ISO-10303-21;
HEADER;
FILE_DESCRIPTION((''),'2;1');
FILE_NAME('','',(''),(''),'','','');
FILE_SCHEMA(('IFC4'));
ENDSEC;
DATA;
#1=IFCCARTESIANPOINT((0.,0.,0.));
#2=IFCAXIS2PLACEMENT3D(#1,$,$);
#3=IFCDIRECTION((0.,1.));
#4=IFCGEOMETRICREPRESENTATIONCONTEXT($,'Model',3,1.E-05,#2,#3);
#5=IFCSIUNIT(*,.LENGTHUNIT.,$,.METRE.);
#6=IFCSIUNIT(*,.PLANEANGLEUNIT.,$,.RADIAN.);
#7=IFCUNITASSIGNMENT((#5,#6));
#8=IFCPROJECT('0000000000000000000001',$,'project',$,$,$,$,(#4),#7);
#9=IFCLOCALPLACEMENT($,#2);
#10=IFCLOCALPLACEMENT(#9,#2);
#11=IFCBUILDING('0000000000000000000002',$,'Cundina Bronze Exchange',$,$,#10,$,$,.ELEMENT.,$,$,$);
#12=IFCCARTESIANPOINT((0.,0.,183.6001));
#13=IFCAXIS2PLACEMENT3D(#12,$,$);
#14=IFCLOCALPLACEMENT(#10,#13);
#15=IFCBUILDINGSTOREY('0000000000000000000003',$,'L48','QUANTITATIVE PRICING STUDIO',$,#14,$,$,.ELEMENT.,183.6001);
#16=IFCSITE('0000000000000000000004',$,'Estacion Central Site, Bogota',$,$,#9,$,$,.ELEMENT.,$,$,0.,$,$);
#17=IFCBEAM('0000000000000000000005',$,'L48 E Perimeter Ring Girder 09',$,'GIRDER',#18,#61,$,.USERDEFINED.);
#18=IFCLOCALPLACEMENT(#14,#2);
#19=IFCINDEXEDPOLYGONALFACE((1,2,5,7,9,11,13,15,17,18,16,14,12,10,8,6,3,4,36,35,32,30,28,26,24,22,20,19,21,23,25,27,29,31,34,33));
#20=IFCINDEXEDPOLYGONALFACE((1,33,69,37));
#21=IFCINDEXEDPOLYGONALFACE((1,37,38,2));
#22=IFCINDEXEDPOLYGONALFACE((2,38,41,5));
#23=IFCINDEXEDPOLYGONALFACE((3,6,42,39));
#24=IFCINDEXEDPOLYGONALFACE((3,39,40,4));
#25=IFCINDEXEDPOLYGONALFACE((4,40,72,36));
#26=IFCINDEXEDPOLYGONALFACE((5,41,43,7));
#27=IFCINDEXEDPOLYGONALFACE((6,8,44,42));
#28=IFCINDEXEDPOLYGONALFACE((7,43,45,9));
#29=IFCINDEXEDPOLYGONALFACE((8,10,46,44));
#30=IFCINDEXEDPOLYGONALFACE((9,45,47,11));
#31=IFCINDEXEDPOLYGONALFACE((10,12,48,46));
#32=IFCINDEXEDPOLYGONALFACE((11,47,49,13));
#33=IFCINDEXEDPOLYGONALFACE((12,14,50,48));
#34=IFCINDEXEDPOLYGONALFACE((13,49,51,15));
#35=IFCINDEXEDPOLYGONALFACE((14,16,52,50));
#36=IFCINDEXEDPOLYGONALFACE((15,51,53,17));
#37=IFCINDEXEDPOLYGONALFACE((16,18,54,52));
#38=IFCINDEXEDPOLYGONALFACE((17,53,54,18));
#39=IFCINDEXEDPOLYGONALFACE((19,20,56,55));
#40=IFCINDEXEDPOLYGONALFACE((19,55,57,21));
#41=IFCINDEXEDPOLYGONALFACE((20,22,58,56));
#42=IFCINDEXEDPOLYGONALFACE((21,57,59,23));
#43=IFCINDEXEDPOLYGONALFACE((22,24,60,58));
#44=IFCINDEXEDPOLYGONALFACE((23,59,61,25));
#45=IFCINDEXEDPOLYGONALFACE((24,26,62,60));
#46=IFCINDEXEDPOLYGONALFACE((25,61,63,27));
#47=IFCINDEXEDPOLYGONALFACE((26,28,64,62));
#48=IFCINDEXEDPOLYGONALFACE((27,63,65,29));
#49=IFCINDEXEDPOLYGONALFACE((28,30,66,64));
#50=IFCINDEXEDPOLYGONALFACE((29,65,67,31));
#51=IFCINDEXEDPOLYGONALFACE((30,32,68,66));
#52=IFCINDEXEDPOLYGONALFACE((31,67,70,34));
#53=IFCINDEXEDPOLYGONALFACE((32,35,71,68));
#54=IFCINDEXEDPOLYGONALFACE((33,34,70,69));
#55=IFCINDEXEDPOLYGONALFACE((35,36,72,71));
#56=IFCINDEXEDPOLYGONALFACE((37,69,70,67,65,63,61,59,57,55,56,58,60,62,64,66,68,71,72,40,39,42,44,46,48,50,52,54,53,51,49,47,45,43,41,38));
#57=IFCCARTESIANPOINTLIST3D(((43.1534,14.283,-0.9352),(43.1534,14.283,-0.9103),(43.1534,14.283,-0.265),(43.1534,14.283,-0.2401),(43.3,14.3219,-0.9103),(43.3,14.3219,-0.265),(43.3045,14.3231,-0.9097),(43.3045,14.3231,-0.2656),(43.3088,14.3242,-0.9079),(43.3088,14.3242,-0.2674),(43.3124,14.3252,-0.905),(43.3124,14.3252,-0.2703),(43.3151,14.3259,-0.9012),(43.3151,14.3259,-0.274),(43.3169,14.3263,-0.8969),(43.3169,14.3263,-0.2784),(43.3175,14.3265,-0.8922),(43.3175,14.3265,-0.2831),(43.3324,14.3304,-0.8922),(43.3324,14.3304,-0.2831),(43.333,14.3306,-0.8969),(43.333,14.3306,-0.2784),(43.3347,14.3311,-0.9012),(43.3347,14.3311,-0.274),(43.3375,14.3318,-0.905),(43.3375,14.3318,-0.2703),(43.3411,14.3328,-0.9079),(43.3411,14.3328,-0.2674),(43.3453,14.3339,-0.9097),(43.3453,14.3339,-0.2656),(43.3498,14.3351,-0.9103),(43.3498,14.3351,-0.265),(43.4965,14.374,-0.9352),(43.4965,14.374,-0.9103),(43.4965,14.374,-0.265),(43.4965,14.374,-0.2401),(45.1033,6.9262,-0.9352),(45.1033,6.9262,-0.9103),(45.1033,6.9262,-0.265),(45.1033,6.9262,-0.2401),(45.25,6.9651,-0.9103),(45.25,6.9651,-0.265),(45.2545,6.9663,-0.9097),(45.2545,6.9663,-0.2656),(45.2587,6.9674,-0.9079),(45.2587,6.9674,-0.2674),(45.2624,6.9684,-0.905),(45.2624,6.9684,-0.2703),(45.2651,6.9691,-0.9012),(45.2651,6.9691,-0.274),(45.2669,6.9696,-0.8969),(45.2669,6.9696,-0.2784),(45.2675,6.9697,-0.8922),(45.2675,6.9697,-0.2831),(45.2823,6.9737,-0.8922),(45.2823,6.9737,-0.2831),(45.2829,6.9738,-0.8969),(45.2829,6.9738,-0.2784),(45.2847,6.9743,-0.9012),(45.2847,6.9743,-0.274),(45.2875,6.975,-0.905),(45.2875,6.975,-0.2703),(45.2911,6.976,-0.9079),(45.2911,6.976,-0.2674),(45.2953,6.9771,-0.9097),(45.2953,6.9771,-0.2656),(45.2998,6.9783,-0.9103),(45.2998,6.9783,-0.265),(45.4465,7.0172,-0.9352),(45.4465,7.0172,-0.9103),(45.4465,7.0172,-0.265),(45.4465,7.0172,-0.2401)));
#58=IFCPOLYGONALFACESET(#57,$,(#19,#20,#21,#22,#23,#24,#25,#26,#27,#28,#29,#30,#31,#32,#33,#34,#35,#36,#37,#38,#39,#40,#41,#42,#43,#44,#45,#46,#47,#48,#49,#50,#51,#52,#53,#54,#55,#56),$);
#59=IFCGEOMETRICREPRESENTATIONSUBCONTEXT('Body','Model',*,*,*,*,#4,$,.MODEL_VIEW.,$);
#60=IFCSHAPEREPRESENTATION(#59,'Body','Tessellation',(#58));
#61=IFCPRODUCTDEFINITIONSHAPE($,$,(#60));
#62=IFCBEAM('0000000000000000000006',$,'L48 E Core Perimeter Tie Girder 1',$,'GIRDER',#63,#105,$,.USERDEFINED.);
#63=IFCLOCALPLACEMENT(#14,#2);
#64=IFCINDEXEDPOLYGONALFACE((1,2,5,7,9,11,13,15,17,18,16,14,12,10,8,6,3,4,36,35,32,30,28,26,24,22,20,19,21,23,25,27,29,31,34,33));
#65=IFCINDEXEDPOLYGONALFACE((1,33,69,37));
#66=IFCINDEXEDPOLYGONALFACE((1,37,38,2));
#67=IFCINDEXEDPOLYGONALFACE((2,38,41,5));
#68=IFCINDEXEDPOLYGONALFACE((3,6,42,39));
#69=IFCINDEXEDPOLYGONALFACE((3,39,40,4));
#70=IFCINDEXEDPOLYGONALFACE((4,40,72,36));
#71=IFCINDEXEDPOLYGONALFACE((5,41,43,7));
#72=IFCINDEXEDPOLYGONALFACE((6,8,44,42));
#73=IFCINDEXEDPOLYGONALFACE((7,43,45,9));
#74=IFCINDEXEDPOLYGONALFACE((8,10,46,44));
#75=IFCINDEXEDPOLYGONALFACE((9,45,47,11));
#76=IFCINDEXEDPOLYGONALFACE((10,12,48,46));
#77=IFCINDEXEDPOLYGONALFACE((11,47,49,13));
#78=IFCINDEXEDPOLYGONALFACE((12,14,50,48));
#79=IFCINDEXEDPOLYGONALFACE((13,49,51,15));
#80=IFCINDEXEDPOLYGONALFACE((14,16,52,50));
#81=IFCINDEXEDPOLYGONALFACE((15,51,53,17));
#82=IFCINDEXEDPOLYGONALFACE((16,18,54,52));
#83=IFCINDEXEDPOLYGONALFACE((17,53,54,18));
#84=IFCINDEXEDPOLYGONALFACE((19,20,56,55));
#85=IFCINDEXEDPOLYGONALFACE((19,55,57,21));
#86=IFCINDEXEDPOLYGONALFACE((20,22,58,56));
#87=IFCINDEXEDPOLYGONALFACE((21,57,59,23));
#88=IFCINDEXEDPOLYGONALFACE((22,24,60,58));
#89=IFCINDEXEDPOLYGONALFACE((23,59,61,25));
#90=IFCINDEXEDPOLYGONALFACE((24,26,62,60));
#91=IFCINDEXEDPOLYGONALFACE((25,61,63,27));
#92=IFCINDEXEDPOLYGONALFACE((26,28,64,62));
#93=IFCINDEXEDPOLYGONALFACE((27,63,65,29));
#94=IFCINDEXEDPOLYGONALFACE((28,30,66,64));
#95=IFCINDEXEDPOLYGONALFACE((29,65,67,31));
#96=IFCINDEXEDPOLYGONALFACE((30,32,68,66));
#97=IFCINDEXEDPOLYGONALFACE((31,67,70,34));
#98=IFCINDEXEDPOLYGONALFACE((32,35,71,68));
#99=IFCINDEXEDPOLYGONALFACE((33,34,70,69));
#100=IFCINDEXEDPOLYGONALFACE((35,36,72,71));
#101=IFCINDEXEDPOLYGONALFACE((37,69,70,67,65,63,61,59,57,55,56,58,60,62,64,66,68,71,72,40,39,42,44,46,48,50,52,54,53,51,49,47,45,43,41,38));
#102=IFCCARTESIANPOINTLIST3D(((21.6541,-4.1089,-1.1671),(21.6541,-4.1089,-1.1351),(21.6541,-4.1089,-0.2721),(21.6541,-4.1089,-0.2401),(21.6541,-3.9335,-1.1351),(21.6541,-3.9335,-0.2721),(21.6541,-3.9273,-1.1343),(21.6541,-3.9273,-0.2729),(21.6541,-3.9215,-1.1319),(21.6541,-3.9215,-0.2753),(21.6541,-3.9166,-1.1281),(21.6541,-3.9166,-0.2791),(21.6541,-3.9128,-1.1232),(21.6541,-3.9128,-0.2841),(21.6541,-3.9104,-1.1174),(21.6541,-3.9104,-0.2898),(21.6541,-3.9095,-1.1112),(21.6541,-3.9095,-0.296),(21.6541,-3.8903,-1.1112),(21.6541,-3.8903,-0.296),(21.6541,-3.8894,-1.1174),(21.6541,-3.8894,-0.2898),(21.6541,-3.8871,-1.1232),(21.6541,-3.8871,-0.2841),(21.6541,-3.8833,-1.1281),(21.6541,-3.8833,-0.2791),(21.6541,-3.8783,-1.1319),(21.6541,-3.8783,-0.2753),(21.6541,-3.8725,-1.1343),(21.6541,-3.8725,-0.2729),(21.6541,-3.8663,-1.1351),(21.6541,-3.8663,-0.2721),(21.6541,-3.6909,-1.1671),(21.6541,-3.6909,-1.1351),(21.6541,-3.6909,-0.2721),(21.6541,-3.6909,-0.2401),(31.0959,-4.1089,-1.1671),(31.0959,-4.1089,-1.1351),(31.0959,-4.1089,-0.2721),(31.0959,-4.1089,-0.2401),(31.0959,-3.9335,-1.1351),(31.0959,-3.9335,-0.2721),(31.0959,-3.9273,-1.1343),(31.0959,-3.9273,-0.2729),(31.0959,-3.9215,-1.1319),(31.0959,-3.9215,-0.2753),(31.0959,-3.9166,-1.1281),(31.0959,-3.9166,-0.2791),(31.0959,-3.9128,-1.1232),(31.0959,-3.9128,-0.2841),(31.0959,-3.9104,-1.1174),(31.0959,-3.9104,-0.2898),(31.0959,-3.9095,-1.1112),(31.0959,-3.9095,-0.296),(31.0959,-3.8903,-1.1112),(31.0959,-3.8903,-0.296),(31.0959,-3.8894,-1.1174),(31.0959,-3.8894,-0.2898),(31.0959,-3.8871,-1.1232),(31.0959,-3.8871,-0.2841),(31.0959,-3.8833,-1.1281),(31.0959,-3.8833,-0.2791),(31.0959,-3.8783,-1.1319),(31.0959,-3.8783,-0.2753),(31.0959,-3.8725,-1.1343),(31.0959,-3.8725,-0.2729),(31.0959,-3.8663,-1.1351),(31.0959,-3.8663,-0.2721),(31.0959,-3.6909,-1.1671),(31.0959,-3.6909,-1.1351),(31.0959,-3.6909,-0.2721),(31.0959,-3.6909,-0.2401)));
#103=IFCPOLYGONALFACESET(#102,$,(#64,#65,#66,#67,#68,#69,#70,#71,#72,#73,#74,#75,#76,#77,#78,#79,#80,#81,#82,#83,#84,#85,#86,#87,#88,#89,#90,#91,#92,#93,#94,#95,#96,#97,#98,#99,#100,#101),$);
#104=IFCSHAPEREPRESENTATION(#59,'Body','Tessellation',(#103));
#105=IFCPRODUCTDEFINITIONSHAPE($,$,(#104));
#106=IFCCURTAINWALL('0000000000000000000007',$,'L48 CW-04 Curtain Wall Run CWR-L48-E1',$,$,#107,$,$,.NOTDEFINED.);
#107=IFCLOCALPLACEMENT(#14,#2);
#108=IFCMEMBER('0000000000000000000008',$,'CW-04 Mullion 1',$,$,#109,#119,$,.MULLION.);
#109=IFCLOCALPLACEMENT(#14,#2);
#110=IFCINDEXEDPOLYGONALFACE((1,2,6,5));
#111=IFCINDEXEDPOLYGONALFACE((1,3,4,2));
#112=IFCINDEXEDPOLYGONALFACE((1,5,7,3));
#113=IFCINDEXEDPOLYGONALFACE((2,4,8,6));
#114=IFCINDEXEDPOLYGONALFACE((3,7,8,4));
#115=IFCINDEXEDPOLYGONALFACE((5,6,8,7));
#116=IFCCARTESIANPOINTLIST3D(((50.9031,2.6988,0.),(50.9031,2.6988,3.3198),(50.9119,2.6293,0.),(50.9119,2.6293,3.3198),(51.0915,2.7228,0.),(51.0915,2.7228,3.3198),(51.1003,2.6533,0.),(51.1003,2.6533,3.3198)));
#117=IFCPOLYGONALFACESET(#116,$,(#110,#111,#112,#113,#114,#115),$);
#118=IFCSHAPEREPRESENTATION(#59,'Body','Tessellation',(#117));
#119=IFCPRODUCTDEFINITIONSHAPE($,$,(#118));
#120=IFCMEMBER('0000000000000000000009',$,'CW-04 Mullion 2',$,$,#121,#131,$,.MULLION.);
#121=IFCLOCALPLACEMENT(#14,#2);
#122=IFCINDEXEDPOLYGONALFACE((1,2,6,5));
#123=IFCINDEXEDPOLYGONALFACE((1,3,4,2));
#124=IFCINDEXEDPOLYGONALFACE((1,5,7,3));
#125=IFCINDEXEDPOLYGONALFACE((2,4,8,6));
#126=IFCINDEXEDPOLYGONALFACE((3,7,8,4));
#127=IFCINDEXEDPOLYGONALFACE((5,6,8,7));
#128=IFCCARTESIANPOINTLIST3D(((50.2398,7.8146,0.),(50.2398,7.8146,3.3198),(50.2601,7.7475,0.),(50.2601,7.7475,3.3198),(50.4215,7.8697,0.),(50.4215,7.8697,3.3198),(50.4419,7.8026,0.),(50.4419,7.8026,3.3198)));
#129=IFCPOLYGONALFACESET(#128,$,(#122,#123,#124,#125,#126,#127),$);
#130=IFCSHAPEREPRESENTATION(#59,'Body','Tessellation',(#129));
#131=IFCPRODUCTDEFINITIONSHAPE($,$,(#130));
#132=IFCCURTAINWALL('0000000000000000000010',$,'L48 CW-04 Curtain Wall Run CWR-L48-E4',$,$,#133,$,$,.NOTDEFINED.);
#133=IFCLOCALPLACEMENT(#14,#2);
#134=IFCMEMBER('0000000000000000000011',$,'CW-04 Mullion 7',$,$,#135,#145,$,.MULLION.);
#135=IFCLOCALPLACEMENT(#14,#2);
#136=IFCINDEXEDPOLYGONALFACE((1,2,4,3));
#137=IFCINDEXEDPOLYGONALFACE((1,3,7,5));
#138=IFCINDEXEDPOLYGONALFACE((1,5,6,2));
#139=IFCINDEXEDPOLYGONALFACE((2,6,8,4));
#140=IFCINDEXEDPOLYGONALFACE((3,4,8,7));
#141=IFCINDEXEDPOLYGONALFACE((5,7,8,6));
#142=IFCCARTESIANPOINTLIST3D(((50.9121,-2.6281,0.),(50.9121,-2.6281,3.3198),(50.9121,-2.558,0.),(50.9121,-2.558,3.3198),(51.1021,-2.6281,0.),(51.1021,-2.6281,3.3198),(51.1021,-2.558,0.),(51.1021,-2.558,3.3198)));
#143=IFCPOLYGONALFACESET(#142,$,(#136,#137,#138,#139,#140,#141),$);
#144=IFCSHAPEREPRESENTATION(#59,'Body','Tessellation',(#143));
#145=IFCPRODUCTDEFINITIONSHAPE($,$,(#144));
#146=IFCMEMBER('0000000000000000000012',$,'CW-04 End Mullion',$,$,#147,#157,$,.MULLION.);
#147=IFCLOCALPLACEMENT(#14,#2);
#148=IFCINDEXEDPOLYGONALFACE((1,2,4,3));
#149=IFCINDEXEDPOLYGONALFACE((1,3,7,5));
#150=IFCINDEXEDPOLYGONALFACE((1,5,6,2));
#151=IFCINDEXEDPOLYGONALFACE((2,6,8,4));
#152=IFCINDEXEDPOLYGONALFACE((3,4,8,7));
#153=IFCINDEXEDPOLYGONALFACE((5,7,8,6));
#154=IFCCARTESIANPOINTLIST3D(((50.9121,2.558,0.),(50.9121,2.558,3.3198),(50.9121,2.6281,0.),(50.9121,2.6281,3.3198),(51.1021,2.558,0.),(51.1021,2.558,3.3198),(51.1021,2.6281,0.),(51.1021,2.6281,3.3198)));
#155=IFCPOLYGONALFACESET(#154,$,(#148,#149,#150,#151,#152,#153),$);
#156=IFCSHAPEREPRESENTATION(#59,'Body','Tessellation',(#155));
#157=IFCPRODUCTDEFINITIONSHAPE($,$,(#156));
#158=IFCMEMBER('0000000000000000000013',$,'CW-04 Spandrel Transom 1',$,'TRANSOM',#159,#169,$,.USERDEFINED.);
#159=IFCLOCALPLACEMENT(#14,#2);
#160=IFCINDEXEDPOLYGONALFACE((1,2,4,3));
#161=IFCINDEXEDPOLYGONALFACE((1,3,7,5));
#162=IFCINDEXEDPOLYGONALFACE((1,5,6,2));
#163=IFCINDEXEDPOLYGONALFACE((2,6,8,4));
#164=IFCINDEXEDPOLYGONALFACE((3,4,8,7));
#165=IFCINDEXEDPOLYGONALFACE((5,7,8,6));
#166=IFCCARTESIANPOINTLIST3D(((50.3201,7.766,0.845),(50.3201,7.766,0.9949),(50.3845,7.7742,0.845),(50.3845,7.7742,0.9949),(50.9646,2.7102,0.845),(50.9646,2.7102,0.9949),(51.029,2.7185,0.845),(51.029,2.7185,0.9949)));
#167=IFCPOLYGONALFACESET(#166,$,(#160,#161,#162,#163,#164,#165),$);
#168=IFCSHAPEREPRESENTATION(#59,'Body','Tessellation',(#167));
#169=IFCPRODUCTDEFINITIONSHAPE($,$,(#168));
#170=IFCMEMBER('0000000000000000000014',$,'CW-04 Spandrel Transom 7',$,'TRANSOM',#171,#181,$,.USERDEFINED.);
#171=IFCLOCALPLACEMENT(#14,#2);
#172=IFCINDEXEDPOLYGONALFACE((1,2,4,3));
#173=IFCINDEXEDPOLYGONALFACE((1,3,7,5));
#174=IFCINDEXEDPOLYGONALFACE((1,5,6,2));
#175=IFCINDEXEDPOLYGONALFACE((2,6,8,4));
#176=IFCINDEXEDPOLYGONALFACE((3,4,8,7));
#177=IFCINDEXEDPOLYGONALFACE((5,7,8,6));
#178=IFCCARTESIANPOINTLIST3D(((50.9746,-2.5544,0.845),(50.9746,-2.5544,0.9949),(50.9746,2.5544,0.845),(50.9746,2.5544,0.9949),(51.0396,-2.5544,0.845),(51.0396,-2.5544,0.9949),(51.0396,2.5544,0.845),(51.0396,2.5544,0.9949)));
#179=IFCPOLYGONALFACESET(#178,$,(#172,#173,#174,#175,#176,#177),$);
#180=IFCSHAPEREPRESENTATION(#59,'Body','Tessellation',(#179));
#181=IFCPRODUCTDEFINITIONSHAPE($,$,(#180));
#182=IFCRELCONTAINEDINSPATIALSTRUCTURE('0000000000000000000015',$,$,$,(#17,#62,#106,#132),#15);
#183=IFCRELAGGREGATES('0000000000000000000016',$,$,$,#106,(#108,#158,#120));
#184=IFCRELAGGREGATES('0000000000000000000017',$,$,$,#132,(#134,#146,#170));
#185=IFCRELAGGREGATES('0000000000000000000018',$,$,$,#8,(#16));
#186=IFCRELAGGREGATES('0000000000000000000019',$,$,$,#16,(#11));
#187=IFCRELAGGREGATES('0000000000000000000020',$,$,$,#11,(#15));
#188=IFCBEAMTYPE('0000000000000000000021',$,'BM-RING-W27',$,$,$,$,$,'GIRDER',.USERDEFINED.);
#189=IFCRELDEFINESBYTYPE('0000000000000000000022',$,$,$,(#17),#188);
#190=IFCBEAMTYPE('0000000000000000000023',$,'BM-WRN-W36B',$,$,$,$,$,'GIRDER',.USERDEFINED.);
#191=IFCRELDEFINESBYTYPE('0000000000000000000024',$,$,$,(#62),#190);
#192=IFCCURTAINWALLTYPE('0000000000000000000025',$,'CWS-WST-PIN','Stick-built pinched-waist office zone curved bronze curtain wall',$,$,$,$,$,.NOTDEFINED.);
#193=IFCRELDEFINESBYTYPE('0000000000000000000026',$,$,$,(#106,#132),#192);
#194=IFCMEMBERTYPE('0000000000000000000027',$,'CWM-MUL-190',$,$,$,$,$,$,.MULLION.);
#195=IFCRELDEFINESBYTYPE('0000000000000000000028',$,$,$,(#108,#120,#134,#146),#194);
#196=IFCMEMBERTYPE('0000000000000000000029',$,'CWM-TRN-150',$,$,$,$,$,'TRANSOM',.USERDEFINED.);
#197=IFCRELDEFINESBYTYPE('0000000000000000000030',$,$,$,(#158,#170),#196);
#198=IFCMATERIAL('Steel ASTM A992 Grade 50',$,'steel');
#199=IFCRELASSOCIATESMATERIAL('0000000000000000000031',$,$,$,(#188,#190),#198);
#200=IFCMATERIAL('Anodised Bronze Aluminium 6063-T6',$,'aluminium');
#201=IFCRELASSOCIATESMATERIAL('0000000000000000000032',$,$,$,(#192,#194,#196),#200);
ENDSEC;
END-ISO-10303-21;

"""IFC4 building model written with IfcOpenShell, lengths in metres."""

from ifc_helpers import new_model, si_unit, direction, frame, origin, origin_2d, place, context, subcontext, project, spatial, rectangle, i_section, extrude, material, material_profile, profile_set, type_object, element, aggregate, save


model = new_model("IFC4")

# Units and contexts
model_context = context("Model", 3, precision=1e-05, world=origin(), true_north=direction((0.0, 1.0)))
body_context = subcontext(model_context, "Body", "Model", "MODEL_VIEW")
ifc_project = project(units=[si_unit("LENGTHUNIT", "METRE"), si_unit("PLANEANGLEUNIT", "RADIAN")], contexts=[model_context])

# Site, building, storey
site_placement = place(None, origin())
site = spatial("IfcSite", under=ifc_project, at=site_placement, Name="Estacion Central Site, Bogota", CompositionType="ELEMENT", RefElevation=0.0)
building_placement = place(site_placement, origin())
building = spatial("IfcBuilding", under=site, at=building_placement, Name="Cundina Bronze Exchange", CompositionType="ELEMENT")
storey_placement = place(building_placement, frame((0.0, 0.0, 183.6001)))
storey = spatial("IfcBuildingStorey", under=building, at=storey_placement, Name="L48", Description="QUANTITATIVE PRICING STUDIO", CompositionType="ELEMENT", Elevation=183.6001)

# Shared definitions
ifc_material_1 = material(Name="Steel ASTM A992 Grade 50", Category="steel")

# Beams
ifc_material_profile_1 = material_profile(ifc_material_1, i_section(OverallWidth=0.355, OverallDepth=0.6951, WebThickness=0.0154, FlangeThickness=0.0249, FilletRadius=0.0181, at=origin_2d()), Name="W27X146", Category="steel")
ifc_profile_set_1 = profile_set([ifc_material_profile_1], Name="Steel ASTM A992 Grade 50")
beam_type_1 = type_object("IfcBeamType", Name="BM-RING-W27", ElementType="GIRDER", PredefinedType="USERDEFINED", material=ifc_profile_set_1)
for number, where, z_axis, x_axis, name in (
    (1, (45.2749, 6.9717, -0.5876), (-0.256211, 0.966621, 0.0), (-0.966621, -0.256211, 0.0), "L48 E Perimeter Ring Girder 09"),
):
    element("IfcBeam", number, at=place(storey_placement, frame(where, z_axis=z_axis, x_axis=x_axis)), inside=storey, type_object=beam_type_1, Name=name, ObjectType="GIRDER", PredefinedType="USERDEFINED", context=body_context, shape_type="SweptSolid", body=[
        extrude(i_section(OverallWidth=0.355, OverallDepth=0.6951, WebThickness=0.0154, FlangeThickness=0.0249, FilletRadius=0.0181, at=origin_2d()), origin(), (0.0, 0.0, 1.0), 7.6108),
    ])
ifc_material_profile_2 = material_profile(ifc_material_1, i_section(OverallWidth=0.418, OverallDepth=0.927, WebThickness=0.0193, FlangeThickness=0.032, FilletRadius=0.0239, at=origin_2d()), Name="W36X231", Category="steel")
ifc_profile_set_2 = profile_set([ifc_material_profile_2], Name="Steel ASTM A992 Grade 50")
beam_type_2 = type_object("IfcBeamType", Name="BM-WRN-W36B", ElementType="GIRDER", PredefinedType="USERDEFINED", material=ifc_profile_set_2)
beam_1_placement = place(storey_placement, frame((31.0959, -3.8999, -0.7036), z_axis=(-1.0, 0.0, 0.0), x_axis=(0.0, -1.0, 0.0)))
element("IfcBeam", 2, at=beam_1_placement, inside=storey, type_object=beam_type_2, Name="L48 E Core Perimeter Tie Girder 1", ObjectType="GIRDER", PredefinedType="USERDEFINED", context=body_context, shape_type="SweptSolid", body=[
    extrude(i_section(OverallWidth=0.418, OverallDepth=0.927, WebThickness=0.0193, FlangeThickness=0.032, FilletRadius=0.0239, at=origin_2d()), origin(), (0.0, 0.0, 1.0), 9.4419),
])

# Curtain walls, members
ifc_material_2 = material(Name="Anodised Bronze Aluminium 6063-T6", Category="aluminium")
curtain_wall_type = type_object("IfcCurtainWallType", Name="CWS-WST-PIN", Description="Stick-built pinched-waist office zone curved bronze curtain wall", PredefinedType="NOTDEFINED", material=ifc_material_2)
curtain_wall_1_placement = place(storey_placement, origin())
curtain_wall_1 = element("IfcCurtainWall", 3, at=curtain_wall_1_placement, inside=storey, type_object=curtain_wall_type, Name="L48 CW-04 Curtain Wall Run CWR-L48-E1", PredefinedType="NOTDEFINED")
ifc_material_profile_3 = material_profile(ifc_material_2, rectangle(XDim=0.0701, YDim=0.1899, at=origin_2d()), Name="AL70X190", Category="aluminium")
ifc_profile_set_3 = profile_set([ifc_material_profile_3], Name="Anodised Bronze Aluminium 6063-T6")
member_type_1 = type_object("IfcMemberType", Name="CWM-MUL-190", PredefinedType="MULLION", material=ifc_profile_set_3)
member_1_placement = place(storey_placement, frame((51.0017, 2.676, 0.0), z_axis=(0.0, 0.0, 1.0), x_axis=(-0.126545, 0.991961, 0.0)))
member_1 = element("IfcMember", 4, at=member_1_placement, type_object=member_type_1, Name="CW-04 Mullion 1", PredefinedType="MULLION", context=body_context, shape_type="SweptSolid", body=[
    extrude(rectangle(XDim=0.0701, YDim=0.1899, at=origin_2d()), origin(), (0.0, 0.0, 1.0), 3.3198),
])
member_2_placement = place(storey_placement, frame((50.3408, 7.8086, 0.0), z_axis=(0.0, 0.0, 1.0), x_axis=(-0.290034, 0.957016, 0.0)))
member_2 = element("IfcMember", 5, at=member_2_placement, type_object=member_type_1, Name="CW-04 Mullion 2", PredefinedType="MULLION", context=body_context, shape_type="SweptSolid", body=[
    extrude(rectangle(XDim=0.0701, YDim=0.1899, at=origin_2d()), origin(), (0.0, 0.0, 1.0), 3.3198),
])
curtain_wall_2_placement = place(storey_placement, origin())
curtain_wall_2 = element("IfcCurtainWall", 6, at=curtain_wall_2_placement, inside=storey, type_object=curtain_wall_type, Name="L48 CW-04 Curtain Wall Run CWR-L48-E4", PredefinedType="NOTDEFINED")
member_3_placement = place(storey_placement, frame((51.0071, -2.593, 0.0), z_axis=(0.0, 0.0, 1.0), x_axis=(0.0, 1.0, 0.0)))
member_3 = element("IfcMember", 7, at=member_3_placement, type_object=member_type_1, Name="CW-04 Mullion 7", PredefinedType="MULLION", context=body_context, shape_type="SweptSolid", body=[
    extrude(rectangle(XDim=0.0701, YDim=0.1899, at=origin_2d()), origin(), (0.0, 0.0, 1.0), 3.3198),
])
member_4_placement = place(storey_placement, frame((51.0071, 2.593, 0.0), z_axis=(0.0, 0.0, 1.0), x_axis=(0.0, 1.0, 0.0)))
member_4 = element("IfcMember", 8, at=member_4_placement, type_object=member_type_1, Name="CW-04 End Mullion", PredefinedType="MULLION", context=body_context, shape_type="SweptSolid", body=[
    extrude(rectangle(XDim=0.0701, YDim=0.1899, at=origin_2d()), origin(), (0.0, 0.0, 1.0), 3.3198),
])

# Members
ifc_material_profile_4 = material_profile(ifc_material_2, rectangle(XDim=0.0649, YDim=0.1499, at=origin_2d()), Name="AL65X150", Category="aluminium")
ifc_profile_set_4 = profile_set([ifc_material_profile_4], Name="Anodised Bronze Aluminium 6063-T6")
member_type_2 = type_object("IfcMemberType", Name="CWM-TRN-150", ElementType="TRANSOM", PredefinedType="USERDEFINED", material=ifc_profile_set_4)
member_5_placement = place(storey_placement, frame((50.9968, 2.7144, 0.9199), z_axis=(-0.126463, 0.991971, 0.0), x_axis=(-0.991971, -0.126463, 0.0)))
member_5 = element("IfcMember", 9, at=member_5_placement, type_object=member_type_2, Name="CW-04 Spandrel Transom 1", ObjectType="TRANSOM", PredefinedType="USERDEFINED", context=body_context, shape_type="SweptSolid", body=[
    extrude(rectangle(XDim=0.0649, YDim=0.1499, at=origin_2d()), origin(), (0.0, 0.0, 1.0), 5.0967),
])
member_6_placement = place(storey_placement, frame((51.0071, -2.5544, 0.9199), z_axis=(0.0, 1.0, 0.0), x_axis=(-1.0, 0.0, 0.0)))
member_6 = element("IfcMember", 10, at=member_6_placement, type_object=member_type_2, Name="CW-04 Spandrel Transom 7", ObjectType="TRANSOM", PredefinedType="USERDEFINED", context=body_context, shape_type="SweptSolid", body=[
    extrude(rectangle(XDim=0.0649, YDim=0.1499, at=origin_2d()), origin(), (0.0, 0.0, 1.0), 5.1089),
])

aggregate(curtain_wall_1, [member_1, member_5, member_2])
aggregate(curtain_wall_2, [member_3, member_4, member_6])

save(model, "model.ifc")
